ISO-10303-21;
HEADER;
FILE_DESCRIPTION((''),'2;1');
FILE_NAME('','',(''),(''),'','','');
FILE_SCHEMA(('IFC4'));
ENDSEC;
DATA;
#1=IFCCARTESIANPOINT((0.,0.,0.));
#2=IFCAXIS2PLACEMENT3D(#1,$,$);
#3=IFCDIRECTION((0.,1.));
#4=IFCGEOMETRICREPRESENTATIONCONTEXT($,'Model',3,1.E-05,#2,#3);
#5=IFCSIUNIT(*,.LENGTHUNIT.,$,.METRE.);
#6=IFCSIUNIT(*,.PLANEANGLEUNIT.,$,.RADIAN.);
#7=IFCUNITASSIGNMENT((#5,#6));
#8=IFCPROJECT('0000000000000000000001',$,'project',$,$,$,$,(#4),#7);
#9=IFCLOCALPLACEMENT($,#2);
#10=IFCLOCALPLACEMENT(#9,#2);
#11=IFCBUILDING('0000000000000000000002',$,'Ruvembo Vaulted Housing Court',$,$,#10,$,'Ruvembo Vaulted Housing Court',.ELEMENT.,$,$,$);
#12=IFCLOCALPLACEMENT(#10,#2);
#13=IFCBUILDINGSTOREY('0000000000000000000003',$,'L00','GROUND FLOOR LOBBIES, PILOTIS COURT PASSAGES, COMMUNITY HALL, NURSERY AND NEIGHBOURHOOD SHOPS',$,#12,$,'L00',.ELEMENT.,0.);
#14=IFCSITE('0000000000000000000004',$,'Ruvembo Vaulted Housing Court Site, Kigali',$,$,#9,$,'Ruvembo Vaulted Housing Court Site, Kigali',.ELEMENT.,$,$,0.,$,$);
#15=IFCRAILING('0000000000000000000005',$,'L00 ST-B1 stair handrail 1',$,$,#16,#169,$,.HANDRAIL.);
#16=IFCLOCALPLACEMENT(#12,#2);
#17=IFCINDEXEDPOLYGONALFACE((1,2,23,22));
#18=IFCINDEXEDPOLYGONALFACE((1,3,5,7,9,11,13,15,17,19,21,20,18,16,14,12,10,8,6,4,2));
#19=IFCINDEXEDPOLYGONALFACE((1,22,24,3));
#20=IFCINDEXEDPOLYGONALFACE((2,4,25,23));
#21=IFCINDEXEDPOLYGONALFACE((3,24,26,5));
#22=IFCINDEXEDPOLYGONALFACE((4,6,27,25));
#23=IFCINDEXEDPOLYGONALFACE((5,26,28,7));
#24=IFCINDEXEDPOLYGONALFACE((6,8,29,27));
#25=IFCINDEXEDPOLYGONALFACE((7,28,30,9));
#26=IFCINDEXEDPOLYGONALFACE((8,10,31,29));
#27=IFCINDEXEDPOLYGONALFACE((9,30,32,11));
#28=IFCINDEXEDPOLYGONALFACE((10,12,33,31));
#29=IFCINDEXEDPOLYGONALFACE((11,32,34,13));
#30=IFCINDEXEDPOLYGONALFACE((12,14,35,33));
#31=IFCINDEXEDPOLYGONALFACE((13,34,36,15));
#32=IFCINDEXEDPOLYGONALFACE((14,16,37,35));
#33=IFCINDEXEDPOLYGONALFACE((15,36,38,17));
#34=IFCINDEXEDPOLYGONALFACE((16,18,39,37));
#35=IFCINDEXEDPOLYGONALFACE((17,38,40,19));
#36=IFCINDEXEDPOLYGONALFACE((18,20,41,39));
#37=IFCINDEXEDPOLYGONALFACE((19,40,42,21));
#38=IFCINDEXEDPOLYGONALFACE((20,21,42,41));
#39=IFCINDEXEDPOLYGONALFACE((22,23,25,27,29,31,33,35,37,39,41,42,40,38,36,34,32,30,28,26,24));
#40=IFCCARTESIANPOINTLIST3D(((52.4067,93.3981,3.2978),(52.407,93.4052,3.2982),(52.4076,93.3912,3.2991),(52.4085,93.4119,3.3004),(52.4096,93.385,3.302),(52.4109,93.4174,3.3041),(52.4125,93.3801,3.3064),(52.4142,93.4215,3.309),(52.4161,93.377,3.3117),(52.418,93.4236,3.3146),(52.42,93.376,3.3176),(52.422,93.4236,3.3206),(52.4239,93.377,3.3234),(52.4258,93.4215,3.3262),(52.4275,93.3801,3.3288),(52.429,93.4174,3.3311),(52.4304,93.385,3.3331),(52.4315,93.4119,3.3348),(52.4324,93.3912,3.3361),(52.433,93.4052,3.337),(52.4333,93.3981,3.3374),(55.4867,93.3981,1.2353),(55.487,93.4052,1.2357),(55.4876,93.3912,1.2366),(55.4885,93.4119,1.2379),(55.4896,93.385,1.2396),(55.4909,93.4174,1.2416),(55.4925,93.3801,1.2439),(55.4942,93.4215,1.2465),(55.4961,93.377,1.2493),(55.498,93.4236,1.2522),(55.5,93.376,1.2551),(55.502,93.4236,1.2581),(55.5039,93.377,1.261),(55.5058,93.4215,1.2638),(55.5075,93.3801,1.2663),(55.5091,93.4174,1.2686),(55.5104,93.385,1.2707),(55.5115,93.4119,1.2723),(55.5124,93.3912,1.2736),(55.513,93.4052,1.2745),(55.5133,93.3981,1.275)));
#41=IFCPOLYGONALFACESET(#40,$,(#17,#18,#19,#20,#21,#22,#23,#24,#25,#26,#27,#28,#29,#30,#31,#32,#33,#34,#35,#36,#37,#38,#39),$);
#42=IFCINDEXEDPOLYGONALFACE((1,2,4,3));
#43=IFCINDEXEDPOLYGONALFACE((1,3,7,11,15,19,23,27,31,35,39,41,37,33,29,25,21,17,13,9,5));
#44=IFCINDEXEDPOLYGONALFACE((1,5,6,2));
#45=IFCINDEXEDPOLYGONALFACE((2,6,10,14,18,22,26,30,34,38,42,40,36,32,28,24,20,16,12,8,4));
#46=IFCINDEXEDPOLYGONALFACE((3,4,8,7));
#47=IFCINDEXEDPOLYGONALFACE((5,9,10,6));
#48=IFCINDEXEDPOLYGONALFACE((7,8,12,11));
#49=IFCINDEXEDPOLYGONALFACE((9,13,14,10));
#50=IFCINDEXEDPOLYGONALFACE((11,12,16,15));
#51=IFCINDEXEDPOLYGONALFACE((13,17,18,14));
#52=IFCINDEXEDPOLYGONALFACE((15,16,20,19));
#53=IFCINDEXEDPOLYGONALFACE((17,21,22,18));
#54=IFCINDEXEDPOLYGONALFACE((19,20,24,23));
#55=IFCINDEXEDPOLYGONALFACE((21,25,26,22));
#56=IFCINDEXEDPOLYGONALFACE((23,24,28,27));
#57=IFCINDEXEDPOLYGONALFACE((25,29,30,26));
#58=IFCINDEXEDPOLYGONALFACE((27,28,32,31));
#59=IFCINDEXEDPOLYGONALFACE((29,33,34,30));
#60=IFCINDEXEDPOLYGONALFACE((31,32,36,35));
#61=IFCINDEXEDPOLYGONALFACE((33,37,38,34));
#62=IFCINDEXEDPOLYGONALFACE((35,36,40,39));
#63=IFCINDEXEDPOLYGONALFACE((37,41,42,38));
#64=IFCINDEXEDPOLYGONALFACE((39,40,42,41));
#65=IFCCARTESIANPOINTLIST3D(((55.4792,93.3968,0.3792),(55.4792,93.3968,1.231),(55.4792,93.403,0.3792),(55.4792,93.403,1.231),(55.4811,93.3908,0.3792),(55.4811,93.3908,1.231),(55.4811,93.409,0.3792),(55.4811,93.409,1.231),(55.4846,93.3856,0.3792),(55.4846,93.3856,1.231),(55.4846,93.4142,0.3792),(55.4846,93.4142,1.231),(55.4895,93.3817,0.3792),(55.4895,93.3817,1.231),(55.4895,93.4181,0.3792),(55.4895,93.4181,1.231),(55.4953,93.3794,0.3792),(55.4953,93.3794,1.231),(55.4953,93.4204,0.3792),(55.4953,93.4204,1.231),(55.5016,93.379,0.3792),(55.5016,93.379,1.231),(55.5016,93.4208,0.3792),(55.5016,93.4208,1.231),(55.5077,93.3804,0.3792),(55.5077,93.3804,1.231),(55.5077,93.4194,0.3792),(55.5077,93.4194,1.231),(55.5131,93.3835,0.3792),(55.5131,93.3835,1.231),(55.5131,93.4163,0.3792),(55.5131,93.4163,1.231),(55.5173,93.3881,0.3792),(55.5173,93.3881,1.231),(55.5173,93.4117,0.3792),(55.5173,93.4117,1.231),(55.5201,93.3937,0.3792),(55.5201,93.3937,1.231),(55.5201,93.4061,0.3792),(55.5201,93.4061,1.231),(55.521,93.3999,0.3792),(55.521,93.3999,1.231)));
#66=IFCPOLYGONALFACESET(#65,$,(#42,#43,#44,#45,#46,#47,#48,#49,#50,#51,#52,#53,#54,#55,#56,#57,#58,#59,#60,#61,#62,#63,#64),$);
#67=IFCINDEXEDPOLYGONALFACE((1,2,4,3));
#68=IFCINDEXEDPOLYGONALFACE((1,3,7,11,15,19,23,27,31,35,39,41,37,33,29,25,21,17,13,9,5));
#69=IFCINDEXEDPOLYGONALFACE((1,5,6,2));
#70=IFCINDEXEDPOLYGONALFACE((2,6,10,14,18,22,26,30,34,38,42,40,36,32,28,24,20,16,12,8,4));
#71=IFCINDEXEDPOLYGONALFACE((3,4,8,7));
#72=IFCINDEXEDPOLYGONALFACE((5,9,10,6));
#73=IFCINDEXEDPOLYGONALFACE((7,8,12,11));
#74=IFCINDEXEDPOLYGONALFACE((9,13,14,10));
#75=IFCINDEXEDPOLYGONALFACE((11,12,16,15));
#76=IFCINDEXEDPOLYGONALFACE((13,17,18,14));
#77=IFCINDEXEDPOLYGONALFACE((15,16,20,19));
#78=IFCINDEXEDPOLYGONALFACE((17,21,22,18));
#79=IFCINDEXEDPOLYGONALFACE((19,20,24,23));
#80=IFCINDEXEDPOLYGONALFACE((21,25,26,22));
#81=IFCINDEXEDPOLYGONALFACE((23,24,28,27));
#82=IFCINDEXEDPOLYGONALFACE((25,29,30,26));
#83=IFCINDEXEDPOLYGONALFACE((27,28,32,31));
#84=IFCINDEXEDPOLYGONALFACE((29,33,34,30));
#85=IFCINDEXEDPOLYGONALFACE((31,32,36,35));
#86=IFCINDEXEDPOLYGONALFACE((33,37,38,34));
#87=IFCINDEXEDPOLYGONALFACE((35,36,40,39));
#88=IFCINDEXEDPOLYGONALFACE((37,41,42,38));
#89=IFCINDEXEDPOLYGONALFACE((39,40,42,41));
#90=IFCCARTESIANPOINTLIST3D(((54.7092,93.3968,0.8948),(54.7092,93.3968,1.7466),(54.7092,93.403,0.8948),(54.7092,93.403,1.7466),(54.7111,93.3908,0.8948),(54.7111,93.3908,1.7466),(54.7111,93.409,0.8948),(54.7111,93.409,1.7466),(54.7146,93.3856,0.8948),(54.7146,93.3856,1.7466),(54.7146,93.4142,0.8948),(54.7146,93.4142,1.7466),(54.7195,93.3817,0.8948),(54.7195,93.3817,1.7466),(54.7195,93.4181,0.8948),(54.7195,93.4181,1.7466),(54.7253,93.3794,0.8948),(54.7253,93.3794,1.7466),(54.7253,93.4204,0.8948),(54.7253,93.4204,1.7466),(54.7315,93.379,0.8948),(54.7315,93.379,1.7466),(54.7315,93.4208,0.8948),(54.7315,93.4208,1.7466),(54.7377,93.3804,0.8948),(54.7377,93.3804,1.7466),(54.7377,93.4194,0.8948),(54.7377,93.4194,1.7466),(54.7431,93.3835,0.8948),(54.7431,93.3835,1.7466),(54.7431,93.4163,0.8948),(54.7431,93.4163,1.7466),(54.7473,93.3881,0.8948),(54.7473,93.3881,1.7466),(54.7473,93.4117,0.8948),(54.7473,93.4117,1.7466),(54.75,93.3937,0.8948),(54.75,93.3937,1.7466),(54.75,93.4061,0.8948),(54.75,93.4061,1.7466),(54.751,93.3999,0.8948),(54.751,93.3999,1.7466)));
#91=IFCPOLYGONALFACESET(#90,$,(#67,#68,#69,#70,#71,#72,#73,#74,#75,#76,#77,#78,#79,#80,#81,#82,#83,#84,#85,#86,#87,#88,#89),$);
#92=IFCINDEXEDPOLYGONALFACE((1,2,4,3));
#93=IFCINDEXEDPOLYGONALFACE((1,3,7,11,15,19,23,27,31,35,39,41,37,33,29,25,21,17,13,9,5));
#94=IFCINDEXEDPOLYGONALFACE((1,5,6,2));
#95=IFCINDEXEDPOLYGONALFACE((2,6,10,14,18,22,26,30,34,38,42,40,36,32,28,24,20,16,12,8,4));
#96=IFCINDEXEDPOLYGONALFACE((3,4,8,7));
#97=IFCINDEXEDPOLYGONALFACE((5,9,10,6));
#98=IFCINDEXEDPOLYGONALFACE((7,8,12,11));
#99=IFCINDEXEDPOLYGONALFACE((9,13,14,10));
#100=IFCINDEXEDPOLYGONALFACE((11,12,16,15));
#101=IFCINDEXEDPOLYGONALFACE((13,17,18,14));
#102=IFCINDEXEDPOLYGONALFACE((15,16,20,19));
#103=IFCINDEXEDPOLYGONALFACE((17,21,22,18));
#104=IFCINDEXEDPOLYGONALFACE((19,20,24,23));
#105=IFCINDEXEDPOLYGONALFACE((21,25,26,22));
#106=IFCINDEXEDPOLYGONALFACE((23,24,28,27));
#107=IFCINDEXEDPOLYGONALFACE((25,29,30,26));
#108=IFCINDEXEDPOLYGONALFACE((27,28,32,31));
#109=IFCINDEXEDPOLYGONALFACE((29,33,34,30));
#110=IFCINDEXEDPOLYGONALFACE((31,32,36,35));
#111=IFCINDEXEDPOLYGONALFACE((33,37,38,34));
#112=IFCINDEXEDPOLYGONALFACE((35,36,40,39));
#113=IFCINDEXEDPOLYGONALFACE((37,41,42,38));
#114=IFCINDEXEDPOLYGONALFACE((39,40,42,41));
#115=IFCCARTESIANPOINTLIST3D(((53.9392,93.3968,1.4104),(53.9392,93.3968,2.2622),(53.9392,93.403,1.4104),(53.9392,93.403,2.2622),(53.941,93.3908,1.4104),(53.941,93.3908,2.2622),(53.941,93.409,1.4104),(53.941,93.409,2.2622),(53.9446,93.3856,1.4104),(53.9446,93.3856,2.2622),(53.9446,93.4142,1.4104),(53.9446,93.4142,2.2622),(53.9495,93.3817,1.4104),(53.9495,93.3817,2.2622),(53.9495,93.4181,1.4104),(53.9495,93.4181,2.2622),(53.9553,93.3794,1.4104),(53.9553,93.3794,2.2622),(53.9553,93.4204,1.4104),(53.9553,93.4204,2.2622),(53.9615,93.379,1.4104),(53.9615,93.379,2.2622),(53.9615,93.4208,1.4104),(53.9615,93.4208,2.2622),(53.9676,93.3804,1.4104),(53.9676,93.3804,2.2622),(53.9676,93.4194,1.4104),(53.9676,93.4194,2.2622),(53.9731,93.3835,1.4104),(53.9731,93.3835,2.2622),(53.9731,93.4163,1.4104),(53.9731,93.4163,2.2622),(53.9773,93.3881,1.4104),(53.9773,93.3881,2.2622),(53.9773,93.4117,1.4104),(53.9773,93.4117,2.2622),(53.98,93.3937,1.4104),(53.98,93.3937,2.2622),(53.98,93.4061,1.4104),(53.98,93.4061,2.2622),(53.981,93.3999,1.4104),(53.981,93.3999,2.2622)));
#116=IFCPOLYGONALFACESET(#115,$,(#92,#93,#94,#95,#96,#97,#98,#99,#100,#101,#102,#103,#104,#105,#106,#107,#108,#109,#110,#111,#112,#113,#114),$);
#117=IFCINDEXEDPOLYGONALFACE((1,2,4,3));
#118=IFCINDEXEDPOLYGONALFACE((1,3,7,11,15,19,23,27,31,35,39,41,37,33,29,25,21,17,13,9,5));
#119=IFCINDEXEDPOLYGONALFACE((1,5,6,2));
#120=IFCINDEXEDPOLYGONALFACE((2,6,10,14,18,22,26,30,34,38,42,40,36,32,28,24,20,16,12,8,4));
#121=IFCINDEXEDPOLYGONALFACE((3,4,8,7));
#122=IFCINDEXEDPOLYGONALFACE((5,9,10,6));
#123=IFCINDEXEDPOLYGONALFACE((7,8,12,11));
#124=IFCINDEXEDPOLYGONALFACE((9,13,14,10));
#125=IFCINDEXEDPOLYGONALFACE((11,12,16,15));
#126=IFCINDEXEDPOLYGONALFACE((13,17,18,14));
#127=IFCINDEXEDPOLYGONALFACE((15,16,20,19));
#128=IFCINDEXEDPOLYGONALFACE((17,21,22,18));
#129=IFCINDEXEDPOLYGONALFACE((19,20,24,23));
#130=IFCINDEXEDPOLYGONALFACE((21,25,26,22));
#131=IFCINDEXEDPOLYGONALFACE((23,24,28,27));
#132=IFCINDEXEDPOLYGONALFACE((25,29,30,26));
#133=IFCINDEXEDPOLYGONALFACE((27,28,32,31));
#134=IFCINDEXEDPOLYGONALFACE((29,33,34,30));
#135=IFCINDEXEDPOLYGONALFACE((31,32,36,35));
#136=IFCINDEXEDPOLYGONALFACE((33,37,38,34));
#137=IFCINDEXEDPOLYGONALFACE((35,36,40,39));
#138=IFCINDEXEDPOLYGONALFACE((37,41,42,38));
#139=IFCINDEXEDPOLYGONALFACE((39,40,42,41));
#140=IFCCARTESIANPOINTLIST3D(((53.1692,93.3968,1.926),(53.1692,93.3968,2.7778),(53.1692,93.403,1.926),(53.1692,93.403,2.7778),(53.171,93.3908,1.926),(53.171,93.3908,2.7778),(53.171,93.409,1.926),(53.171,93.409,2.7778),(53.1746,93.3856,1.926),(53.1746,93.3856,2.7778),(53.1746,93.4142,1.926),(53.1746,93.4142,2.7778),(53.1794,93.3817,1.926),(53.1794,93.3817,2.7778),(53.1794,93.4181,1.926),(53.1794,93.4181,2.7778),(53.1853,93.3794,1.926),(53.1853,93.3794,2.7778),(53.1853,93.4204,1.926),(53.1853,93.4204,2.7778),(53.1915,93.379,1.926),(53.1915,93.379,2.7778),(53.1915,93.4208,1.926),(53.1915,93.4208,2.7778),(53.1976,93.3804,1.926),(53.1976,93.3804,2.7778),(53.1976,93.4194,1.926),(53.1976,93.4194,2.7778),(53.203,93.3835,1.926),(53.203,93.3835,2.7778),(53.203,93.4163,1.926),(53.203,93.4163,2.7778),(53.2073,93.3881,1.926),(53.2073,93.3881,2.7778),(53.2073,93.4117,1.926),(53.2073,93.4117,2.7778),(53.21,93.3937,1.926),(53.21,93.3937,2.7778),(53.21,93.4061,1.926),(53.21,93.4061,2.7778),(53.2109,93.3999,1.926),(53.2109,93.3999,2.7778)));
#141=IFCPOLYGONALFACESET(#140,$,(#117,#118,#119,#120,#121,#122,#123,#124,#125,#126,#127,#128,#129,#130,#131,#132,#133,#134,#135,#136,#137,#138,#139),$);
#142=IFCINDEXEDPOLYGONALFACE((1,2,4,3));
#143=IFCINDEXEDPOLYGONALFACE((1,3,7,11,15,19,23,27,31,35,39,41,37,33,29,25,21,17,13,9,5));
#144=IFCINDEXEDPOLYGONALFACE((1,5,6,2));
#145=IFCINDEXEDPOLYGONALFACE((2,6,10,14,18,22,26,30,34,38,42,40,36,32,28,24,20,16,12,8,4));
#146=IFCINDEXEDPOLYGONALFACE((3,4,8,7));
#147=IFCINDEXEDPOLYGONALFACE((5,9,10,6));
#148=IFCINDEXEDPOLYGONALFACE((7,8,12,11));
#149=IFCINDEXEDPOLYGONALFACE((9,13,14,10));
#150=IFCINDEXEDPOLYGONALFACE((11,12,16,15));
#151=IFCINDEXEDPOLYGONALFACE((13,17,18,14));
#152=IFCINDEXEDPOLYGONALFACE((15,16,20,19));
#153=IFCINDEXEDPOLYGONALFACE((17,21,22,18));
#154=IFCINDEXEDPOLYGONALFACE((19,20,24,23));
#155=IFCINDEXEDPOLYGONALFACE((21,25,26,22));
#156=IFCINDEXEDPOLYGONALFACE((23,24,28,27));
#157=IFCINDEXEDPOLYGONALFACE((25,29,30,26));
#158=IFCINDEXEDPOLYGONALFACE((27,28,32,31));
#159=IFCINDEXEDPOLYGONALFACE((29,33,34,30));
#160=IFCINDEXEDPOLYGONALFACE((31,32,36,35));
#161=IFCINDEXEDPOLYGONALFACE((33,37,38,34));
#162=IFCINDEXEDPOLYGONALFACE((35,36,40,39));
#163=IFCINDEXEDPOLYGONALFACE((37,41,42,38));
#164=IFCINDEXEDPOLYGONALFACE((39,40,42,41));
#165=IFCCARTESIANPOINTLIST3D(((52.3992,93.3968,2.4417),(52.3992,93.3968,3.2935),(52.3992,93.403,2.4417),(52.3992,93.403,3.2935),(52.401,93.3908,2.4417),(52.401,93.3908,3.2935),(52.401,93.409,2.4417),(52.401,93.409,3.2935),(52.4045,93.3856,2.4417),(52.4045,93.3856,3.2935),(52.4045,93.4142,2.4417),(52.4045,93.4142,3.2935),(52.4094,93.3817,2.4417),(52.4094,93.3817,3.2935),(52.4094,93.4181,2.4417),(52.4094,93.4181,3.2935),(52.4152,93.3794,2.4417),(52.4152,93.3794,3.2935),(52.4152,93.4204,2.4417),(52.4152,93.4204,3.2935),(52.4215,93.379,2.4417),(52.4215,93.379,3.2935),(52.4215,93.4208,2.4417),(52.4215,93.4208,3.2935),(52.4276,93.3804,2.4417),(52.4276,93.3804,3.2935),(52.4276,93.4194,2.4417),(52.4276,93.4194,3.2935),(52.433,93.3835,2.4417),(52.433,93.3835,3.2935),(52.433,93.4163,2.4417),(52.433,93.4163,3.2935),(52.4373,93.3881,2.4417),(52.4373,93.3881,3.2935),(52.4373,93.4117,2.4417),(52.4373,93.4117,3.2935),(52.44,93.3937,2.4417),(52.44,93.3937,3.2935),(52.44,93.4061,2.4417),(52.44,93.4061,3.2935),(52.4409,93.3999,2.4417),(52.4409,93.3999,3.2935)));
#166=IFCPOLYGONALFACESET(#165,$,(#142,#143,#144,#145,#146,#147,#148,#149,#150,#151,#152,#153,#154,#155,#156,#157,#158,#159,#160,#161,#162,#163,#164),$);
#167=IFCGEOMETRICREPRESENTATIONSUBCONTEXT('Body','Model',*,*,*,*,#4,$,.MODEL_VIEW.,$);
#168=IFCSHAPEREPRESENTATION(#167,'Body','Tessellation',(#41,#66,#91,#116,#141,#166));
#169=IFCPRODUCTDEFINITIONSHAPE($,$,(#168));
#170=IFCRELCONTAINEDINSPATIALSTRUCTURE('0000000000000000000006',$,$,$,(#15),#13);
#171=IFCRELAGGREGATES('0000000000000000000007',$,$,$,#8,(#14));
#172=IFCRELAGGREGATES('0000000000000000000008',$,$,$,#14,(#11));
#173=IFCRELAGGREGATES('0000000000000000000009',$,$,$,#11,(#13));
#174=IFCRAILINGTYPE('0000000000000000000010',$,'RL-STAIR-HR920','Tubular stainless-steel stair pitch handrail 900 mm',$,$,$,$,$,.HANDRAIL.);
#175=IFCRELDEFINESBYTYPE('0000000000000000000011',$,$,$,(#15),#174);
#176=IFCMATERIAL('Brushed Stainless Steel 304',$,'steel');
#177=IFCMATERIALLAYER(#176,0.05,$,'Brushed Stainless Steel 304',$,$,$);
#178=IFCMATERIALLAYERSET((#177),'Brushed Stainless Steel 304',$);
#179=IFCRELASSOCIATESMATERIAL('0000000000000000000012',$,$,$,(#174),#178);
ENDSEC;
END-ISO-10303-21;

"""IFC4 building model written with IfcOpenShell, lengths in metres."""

from ifc_helpers import new_model, si_unit, direction, frame, origin, origin_2d, place, context, subcontext, project, spatial, circle, extrude, material, layer, layer_set, type_object, element, save


model = new_model("IFC4")

# Units and contexts
model_context = context("Model", 3, precision=1e-05, world=origin(), true_north=direction((0.0, 1.0)))
body_context = subcontext(model_context, "Body", "Model", "MODEL_VIEW")
ifc_project = project(units=[si_unit("LENGTHUNIT", "METRE"), si_unit("PLANEANGLEUNIT", "RADIAN")], contexts=[model_context])

# Site, building, storey
site_placement = place(None, origin())
site = spatial("IfcSite", under=ifc_project, at=site_placement, Name="Ruvembo Vaulted Housing Court Site, Kigali", LongName="Ruvembo Vaulted Housing Court Site, Kigali", CompositionType="ELEMENT", RefElevation=0.0)
building_placement = place(site_placement, origin())
building = spatial("IfcBuilding", under=site, at=building_placement, Name="Ruvembo Vaulted Housing Court", LongName="Ruvembo Vaulted Housing Court", CompositionType="ELEMENT")
storey_placement = place(building_placement, origin())
storey = spatial("IfcBuildingStorey", under=building, at=storey_placement, Name="L00", Description="GROUND FLOOR LOBBIES, PILOTIS COURT PASSAGES, COMMUNITY HALL, NURSERY AND NEIGHBOURHOOD SHOPS", LongName="L00", CompositionType="ELEMENT", Elevation=0.0)

# Shared definitions
ifc_material_1 = material(Name="Brushed Stainless Steel 304", Category="steel")

# Railing
ifc_layer_1 = layer(ifc_material_1, 0.05, Name="Brushed Stainless Steel 304")
ifc_layer_set_1 = layer_set([ifc_layer_1], Name="Brushed Stainless Steel 304")
railing_type_1 = type_object("IfcRailingType", Name="RL-STAIR-HR920", Description="Tubular stainless-steel stair pitch handrail 900 mm", PredefinedType="HANDRAIL", material=ifc_layer_set_1)
railing_1_placement = place(storey_placement, frame((55.5, 93.3999, 0.3792)))
element("IfcRailing", 1, at=railing_1_placement, inside=storey, type_object=railing_type_1, Name="L00 ST-B1 stair handrail 1", PredefinedType="HANDRAIL", context=body_context, shape_type="SweptSolid", body=[
    extrude(circle(Radius=0.0239, at=origin_2d()), frame((0.0, 0.0, 0.876), z_axis=(-0.830914, 0.0, 0.556401), x_axis=(0.0, -1.0, 0.0)), (0.0, 0.0, 1.0), 3.7068),
    extrude(circle(Radius=0.021, at=origin_2d()), origin(), (0.0, 0.0, 1.0), 0.8518),
    extrude(circle(Radius=0.021, at=origin_2d()), frame((-0.77, 0.0, 0.5156)), (0.0, 0.0, 1.0), 0.8518),
    extrude(circle(Radius=0.021, at=origin_2d()), frame((-1.54, 0.0, 1.0312)), (0.0, 0.0, 1.0), 0.8518),
    extrude(circle(Radius=0.021, at=origin_2d()), frame((-2.3101, 0.0, 1.5469)), (0.0, 0.0, 1.0), 0.8518),
    extrude(circle(Radius=0.021, at=origin_2d()), frame((-3.0801, 0.0, 2.0625)), (0.0, 0.0, 1.0), 0.8518),
])

save(model, "model.ifc")
